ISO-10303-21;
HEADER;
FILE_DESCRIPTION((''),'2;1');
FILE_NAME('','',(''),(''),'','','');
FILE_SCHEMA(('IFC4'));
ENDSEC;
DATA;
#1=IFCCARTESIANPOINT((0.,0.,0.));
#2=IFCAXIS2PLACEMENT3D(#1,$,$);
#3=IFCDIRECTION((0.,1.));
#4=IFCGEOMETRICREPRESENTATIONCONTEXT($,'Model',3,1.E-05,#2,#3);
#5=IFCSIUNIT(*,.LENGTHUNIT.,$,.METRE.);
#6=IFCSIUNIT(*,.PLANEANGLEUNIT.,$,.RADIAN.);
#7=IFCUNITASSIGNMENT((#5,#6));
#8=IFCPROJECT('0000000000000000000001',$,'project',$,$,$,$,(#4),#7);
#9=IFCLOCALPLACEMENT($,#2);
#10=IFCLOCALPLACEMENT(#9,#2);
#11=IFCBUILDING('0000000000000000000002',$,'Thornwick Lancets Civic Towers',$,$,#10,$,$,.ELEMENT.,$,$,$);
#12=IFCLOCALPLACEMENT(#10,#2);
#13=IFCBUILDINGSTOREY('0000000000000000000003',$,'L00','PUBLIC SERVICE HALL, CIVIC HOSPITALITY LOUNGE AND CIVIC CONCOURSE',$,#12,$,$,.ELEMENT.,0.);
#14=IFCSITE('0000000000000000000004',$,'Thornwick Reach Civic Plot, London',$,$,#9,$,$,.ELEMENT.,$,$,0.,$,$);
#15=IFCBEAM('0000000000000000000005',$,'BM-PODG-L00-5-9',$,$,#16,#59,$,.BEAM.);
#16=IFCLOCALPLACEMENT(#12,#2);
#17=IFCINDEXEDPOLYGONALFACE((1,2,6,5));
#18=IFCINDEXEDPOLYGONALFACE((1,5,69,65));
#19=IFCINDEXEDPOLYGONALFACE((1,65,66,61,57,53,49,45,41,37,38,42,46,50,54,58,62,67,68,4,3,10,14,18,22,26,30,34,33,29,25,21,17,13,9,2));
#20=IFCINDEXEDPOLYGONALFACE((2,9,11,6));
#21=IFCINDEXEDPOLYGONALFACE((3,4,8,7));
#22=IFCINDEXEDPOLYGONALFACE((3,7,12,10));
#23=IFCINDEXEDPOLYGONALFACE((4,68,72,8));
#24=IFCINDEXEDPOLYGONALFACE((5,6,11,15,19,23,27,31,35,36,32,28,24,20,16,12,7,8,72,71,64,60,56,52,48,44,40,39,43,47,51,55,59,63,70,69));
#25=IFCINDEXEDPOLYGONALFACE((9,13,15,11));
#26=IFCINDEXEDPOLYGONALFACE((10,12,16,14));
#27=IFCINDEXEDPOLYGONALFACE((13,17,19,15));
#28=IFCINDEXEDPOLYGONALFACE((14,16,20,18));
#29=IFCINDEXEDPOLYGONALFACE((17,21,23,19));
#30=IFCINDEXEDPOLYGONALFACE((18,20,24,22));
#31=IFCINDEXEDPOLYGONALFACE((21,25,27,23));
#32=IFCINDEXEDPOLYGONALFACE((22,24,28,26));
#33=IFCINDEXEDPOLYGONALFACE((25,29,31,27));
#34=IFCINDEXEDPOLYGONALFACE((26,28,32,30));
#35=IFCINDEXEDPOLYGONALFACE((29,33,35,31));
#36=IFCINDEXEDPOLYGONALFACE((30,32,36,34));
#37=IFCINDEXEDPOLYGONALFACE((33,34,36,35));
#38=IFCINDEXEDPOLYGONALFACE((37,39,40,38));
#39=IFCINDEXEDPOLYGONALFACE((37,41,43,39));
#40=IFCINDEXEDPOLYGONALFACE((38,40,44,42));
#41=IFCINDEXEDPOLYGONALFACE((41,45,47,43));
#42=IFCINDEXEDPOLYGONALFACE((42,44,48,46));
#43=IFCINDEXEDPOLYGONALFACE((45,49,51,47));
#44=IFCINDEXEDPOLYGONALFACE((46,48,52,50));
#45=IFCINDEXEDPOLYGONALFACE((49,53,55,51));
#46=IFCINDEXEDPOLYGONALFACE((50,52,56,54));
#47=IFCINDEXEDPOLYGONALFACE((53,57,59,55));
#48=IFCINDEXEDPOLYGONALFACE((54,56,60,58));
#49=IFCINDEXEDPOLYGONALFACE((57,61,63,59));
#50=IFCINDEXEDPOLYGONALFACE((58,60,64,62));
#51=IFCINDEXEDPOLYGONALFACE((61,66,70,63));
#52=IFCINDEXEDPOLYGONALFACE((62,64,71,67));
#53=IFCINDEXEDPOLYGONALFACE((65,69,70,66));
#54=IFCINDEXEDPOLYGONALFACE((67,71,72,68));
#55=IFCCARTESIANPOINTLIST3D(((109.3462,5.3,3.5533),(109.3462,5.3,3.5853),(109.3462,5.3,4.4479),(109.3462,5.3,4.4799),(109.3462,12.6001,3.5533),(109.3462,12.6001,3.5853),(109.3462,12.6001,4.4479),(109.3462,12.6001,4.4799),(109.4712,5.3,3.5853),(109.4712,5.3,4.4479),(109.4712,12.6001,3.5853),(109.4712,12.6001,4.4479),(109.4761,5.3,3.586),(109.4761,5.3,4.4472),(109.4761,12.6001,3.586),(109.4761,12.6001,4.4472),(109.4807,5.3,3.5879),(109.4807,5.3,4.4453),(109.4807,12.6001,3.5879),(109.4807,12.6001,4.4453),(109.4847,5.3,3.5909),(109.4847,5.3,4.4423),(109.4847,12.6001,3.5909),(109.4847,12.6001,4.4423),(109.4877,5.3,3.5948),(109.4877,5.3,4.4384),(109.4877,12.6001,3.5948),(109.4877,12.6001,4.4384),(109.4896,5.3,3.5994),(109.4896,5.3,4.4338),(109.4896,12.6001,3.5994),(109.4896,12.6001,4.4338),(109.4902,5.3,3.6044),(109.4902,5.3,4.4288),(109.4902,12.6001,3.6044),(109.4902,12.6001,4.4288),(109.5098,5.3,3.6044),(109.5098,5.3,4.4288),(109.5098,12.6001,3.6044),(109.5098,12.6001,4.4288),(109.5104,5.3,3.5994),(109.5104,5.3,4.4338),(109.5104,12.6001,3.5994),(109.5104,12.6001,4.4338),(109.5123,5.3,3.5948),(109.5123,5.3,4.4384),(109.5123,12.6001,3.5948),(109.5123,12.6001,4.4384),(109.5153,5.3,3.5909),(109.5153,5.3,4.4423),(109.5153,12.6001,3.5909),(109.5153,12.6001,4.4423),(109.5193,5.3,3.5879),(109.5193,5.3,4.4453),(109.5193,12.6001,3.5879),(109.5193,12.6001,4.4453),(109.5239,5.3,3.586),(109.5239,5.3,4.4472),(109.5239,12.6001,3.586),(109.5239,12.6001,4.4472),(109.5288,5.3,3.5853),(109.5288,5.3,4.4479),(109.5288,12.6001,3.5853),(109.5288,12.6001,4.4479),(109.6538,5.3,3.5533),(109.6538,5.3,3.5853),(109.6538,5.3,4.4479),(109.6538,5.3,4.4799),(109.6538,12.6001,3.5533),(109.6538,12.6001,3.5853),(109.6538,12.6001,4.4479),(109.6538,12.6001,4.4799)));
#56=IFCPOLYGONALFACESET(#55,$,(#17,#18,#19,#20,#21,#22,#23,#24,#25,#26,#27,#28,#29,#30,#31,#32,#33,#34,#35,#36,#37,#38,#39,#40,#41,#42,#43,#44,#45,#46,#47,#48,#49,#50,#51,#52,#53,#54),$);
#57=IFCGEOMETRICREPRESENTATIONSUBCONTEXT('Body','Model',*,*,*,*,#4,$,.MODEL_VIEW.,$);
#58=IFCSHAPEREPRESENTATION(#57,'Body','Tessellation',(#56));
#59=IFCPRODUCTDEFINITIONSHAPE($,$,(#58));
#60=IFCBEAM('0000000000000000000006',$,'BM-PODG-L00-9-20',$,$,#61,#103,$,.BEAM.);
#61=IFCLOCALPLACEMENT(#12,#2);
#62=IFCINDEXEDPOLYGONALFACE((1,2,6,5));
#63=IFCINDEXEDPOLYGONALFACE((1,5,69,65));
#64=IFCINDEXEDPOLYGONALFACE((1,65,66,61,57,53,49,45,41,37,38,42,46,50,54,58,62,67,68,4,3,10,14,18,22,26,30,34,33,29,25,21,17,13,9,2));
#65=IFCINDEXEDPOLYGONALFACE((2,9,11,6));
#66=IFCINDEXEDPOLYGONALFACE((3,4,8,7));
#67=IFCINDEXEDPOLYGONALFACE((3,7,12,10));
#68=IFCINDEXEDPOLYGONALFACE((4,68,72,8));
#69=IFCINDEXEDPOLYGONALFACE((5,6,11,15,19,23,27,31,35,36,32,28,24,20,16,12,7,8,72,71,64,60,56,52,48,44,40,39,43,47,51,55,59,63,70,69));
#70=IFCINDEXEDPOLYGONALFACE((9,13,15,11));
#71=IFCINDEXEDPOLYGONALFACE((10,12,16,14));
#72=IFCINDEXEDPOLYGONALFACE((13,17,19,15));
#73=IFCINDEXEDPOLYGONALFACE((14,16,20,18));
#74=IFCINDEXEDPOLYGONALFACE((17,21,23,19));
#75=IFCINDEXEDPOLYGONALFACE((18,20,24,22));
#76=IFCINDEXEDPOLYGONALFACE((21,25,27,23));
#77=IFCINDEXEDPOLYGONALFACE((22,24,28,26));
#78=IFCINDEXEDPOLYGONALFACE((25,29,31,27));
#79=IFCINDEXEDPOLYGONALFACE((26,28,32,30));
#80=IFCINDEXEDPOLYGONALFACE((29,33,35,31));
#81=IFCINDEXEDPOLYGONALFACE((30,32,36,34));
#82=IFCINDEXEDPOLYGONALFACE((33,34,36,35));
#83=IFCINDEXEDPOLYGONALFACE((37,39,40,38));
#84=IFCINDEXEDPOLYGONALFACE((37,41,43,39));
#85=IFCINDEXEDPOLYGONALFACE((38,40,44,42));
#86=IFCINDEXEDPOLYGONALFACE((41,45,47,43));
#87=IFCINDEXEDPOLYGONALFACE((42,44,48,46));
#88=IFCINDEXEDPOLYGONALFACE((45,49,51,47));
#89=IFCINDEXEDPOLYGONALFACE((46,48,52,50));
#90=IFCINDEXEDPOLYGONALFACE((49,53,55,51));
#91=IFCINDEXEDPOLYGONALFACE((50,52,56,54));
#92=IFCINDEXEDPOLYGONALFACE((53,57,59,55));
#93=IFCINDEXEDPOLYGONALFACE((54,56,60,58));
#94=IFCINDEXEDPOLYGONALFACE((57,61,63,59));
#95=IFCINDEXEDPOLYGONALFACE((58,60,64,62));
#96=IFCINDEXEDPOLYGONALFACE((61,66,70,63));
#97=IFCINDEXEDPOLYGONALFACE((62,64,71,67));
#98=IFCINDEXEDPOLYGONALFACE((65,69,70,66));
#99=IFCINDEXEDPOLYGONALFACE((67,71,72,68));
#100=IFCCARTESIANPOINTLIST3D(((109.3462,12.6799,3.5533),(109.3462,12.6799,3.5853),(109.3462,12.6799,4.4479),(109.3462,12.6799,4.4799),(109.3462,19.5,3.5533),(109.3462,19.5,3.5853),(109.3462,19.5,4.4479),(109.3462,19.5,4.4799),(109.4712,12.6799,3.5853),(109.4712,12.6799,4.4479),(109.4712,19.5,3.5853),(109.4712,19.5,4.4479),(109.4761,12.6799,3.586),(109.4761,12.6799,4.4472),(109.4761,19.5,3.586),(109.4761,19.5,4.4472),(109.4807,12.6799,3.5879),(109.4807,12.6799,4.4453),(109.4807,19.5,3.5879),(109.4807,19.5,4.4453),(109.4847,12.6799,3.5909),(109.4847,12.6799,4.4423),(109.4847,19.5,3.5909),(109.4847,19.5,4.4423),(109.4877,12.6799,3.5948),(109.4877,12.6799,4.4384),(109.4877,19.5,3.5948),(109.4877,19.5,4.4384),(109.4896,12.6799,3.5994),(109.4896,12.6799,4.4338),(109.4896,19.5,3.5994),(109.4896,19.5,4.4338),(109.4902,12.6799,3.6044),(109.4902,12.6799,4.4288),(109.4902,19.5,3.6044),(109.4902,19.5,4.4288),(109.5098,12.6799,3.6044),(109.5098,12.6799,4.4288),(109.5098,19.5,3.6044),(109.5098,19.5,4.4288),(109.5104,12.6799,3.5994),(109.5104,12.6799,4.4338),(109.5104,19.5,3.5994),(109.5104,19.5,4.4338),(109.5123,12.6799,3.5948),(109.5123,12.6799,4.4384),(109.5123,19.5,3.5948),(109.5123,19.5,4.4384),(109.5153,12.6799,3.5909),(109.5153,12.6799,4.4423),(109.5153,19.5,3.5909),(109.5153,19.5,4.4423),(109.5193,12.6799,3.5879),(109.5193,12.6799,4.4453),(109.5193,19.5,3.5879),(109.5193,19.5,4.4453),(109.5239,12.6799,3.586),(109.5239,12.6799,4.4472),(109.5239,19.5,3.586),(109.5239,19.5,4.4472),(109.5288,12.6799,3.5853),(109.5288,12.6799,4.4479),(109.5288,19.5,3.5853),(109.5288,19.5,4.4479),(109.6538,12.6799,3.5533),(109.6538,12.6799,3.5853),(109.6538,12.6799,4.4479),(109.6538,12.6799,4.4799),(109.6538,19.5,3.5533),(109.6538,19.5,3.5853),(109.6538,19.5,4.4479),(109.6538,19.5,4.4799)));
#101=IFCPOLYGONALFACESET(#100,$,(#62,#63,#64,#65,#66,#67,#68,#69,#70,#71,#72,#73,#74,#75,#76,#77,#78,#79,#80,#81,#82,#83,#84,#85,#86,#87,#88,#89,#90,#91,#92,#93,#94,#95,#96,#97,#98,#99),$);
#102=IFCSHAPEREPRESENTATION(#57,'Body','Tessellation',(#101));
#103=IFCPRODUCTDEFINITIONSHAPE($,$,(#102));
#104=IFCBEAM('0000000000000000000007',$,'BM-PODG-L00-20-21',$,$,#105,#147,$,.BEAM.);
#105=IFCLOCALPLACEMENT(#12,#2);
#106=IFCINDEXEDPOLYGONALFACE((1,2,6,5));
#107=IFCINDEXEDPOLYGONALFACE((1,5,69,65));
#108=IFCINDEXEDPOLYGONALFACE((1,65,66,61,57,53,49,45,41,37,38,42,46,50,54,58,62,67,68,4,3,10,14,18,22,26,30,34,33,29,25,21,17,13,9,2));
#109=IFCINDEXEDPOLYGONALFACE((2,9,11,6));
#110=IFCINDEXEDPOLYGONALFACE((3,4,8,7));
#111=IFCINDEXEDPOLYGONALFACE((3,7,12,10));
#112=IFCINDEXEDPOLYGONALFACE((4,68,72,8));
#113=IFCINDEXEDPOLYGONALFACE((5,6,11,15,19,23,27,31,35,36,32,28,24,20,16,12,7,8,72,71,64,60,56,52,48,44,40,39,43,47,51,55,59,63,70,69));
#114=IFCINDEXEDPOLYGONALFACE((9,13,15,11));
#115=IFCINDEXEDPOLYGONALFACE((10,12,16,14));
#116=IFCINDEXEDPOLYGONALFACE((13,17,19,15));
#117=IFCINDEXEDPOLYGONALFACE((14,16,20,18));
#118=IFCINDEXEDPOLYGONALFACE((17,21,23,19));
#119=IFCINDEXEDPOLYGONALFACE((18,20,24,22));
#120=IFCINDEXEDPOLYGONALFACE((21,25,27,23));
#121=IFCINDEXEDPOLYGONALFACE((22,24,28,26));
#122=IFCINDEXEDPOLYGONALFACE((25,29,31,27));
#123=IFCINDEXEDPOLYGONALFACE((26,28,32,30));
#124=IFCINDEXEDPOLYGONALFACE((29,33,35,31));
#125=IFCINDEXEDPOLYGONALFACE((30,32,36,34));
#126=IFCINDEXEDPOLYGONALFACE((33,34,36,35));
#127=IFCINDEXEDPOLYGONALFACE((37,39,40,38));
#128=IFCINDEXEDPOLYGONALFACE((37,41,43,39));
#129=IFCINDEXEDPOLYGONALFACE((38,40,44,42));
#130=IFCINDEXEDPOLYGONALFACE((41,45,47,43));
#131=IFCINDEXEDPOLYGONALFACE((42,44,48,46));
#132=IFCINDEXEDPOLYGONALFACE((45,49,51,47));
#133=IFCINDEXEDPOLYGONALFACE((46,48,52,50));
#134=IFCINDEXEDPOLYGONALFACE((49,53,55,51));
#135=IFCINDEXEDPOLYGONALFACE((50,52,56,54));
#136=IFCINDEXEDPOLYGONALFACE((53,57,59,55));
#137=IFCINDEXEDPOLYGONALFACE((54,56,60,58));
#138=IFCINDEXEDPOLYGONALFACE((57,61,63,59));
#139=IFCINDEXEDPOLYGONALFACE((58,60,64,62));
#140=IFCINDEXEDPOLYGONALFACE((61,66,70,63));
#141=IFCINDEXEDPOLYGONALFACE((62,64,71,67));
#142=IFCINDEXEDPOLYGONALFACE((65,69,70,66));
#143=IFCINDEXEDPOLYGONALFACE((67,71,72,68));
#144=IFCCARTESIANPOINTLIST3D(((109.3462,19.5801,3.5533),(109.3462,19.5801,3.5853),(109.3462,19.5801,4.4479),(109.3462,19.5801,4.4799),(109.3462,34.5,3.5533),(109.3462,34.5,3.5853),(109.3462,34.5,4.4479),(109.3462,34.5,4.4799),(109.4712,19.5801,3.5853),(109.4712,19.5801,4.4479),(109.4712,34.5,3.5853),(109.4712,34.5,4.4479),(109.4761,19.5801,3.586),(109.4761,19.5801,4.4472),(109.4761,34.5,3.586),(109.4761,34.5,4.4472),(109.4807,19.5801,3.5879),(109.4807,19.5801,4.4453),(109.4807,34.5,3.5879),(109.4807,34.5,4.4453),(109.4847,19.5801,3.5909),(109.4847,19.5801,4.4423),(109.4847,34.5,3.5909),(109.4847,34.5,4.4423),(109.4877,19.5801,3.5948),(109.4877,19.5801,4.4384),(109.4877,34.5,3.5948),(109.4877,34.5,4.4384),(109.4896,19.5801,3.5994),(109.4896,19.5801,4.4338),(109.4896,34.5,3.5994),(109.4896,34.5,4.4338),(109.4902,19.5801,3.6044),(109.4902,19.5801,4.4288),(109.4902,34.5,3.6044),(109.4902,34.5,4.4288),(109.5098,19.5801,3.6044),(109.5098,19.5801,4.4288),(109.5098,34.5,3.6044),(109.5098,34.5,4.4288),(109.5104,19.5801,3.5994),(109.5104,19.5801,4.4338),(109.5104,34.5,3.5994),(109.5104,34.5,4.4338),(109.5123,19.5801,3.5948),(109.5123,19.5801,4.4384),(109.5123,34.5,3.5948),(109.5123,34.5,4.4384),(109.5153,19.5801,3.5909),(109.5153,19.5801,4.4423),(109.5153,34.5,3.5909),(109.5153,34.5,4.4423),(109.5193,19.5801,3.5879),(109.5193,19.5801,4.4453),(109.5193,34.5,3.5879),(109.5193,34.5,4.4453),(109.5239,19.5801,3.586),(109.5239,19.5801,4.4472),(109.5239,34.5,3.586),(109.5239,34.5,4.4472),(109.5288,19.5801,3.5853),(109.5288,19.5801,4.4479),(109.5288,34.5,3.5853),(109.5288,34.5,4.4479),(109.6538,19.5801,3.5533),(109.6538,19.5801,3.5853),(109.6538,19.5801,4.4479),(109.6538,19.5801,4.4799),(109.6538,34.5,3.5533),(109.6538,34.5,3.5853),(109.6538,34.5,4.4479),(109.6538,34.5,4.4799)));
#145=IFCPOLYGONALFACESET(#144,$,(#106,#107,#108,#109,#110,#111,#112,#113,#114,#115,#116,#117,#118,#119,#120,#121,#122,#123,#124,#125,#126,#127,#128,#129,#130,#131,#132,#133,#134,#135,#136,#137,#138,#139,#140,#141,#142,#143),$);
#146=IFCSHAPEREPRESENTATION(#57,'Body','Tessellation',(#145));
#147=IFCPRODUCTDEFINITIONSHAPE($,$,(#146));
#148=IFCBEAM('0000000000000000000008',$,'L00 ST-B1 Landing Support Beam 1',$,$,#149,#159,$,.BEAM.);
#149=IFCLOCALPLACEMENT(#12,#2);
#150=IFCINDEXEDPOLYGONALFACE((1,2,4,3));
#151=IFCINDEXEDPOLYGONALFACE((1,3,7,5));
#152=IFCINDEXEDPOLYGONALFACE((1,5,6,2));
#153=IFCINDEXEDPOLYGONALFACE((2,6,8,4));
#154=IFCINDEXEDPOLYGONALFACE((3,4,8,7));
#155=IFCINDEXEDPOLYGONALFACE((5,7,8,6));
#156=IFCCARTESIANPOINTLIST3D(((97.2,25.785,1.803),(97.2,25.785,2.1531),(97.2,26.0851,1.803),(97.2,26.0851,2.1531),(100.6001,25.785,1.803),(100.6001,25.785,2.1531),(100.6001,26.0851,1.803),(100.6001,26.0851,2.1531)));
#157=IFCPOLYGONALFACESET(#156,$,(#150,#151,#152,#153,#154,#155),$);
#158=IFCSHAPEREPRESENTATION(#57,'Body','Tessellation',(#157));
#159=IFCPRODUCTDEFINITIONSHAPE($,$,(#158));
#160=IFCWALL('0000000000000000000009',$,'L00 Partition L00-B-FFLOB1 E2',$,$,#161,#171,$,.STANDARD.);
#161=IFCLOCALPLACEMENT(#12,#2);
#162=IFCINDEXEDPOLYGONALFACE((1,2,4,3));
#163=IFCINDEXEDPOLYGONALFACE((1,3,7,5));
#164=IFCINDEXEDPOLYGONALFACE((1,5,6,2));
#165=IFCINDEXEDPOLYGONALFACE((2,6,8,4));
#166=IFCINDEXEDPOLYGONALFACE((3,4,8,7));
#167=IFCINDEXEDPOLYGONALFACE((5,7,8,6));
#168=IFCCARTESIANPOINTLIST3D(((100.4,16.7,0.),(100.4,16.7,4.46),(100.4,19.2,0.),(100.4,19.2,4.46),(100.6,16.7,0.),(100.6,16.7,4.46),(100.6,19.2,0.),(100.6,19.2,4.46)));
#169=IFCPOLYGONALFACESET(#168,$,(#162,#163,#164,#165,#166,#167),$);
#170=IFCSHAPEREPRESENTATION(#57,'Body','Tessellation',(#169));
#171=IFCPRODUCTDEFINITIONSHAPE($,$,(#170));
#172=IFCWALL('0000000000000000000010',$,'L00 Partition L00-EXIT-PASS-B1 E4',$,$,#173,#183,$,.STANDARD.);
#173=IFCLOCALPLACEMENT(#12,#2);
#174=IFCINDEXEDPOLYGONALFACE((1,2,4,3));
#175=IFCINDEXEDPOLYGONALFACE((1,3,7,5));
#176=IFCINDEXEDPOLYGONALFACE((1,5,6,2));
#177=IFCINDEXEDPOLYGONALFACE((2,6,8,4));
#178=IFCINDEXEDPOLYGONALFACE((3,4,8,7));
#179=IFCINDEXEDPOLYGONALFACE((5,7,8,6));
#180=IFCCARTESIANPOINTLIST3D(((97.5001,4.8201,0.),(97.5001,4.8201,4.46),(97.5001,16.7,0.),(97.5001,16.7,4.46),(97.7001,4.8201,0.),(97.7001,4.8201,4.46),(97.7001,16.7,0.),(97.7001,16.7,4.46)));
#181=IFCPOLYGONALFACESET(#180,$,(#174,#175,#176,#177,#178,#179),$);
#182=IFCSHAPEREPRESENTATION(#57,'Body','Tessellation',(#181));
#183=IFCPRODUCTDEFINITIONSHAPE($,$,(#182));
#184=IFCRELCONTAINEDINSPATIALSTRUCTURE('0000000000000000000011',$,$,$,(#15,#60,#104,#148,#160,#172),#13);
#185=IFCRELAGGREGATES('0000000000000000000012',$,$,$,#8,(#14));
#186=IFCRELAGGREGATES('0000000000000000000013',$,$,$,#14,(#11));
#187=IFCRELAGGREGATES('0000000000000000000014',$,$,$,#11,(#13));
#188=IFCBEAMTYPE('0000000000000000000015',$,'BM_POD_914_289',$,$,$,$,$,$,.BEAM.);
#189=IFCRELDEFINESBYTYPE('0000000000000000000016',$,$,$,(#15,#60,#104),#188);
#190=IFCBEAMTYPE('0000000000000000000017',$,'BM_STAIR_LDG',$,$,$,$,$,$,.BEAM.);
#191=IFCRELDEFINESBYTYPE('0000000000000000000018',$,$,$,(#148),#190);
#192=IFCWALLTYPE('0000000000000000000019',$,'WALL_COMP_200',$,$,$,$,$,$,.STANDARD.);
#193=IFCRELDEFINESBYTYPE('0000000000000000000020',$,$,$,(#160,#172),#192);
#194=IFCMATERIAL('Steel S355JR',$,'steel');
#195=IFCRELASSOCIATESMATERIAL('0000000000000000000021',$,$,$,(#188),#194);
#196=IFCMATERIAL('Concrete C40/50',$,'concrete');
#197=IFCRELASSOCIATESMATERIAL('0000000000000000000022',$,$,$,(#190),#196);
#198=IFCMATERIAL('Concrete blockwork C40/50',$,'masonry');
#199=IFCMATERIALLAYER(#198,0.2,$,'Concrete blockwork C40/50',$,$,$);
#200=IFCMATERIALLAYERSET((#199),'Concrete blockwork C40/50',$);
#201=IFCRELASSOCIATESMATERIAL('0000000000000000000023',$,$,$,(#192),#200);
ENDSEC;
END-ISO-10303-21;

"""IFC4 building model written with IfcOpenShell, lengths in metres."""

from ifc_helpers import new_model, si_unit, direction, frame, frame_2d, origin, origin_2d, place, context, subcontext, project, spatial, rectangle, i_section, extrude, material, layer, layer_set, material_profile, profile_set, type_object, element, save


model = new_model("IFC4")

# Units and contexts
model_context = context("Model", 3, precision=1e-05, world=origin(), true_north=direction((0.0, 1.0)))
body_context = subcontext(model_context, "Body", "Model", "MODEL_VIEW")
ifc_project = project(units=[si_unit("LENGTHUNIT", "METRE"), si_unit("PLANEANGLEUNIT", "RADIAN")], contexts=[model_context])

# Site, building, storey
site_placement = place(None, origin())
site = spatial("IfcSite", under=ifc_project, at=site_placement, Name="Thornwick Reach Civic Plot, London", CompositionType="ELEMENT", RefElevation=0.0)
building_placement = place(site_placement, origin())
building = spatial("IfcBuilding", under=site, at=building_placement, Name="Thornwick Lancets Civic Towers", CompositionType="ELEMENT")
storey_placement = place(building_placement, origin())
storey = spatial("IfcBuildingStorey", under=building, at=storey_placement, Name="L00", Description="PUBLIC SERVICE HALL, CIVIC HOSPITALITY LOUNGE AND CIVIC CONCOURSE", CompositionType="ELEMENT", Elevation=0.0)

# Beams
ifc_material_1 = material(Name="Steel S355JR", Category="steel")
ifc_material_profile_1 = material_profile(ifc_material_1, i_section(OverallWidth=0.3076, OverallDepth=0.9265, WebThickness=0.0195, FlangeThickness=0.032, FilletRadius=0.019, at=origin_2d()), Name="UKB 914x305x289")
ifc_profile_set_1 = profile_set([ifc_material_profile_1], Name="Steel S355JR")
beam_type_1 = type_object("IfcBeamType", Name="BM_POD_914_289", PredefinedType="BEAM", material=ifc_profile_set_1)
beam_1_placement = place(storey_placement, frame((109.5, 5.3, 4.0166), z_axis=(0.0, 1.0, 0.0), x_axis=(-1.0, 0.0, 0.0)))
element("IfcBeam", 1, at=beam_1_placement, inside=storey, type_object=beam_type_1, Name="BM-PODG-L00-5-9", PredefinedType="BEAM", context=body_context, shape_type="SweptSolid", body=[
    extrude(i_section(OverallWidth=0.3076, OverallDepth=0.9265, WebThickness=0.0195, FlangeThickness=0.032, FilletRadius=0.019, at=origin_2d()), origin(), (0.0, 0.0, 1.0), 7.3),
])
beam_2_placement = place(storey_placement, frame((109.5, 12.6799, 4.0166), z_axis=(0.0, 1.0, 0.0), x_axis=(-1.0, 0.0, 0.0)))
element("IfcBeam", 2, at=beam_2_placement, inside=storey, type_object=beam_type_1, Name="BM-PODG-L00-9-20", PredefinedType="BEAM", context=body_context, shape_type="SweptSolid", body=[
    extrude(i_section(OverallWidth=0.3076, OverallDepth=0.9265, WebThickness=0.0195, FlangeThickness=0.032, FilletRadius=0.019, at=origin_2d()), origin(), (0.0, 0.0, 1.0), 6.8201),
])
beam_3_placement = place(storey_placement, frame((109.5, 19.5801, 4.0166), z_axis=(0.0, 1.0, 0.0), x_axis=(-1.0, 0.0, 0.0)))
element("IfcBeam", 3, at=beam_3_placement, inside=storey, type_object=beam_type_1, Name="BM-PODG-L00-20-21", PredefinedType="BEAM", context=body_context, shape_type="SweptSolid", body=[
    extrude(i_section(OverallWidth=0.3076, OverallDepth=0.9265, WebThickness=0.0195, FlangeThickness=0.032, FilletRadius=0.019, at=origin_2d()), origin(), (0.0, 0.0, 1.0), 14.9199),
])
ifc_material_2 = material(Name="Concrete C40/50", Category="concrete")
ifc_material_profile_2 = material_profile(ifc_material_2, rectangle(XDim=0.3, YDim=0.3501, at=origin_2d()), Name="RC 300x350")
ifc_profile_set_2 = profile_set([ifc_material_profile_2], Name="Concrete C40/50")
beam_type_2 = type_object("IfcBeamType", Name="BM_STAIR_LDG", PredefinedType="BEAM", material=ifc_profile_set_2)
beam_4_placement = place(storey_placement, frame((100.6001, 25.9351, 1.978), z_axis=(-1.0, 0.0, 0.0), x_axis=(0.0, -1.0, 0.0)))
element("IfcBeam", 4, at=beam_4_placement, inside=storey, type_object=beam_type_2, Name="L00 ST-B1 Landing Support Beam 1", PredefinedType="BEAM", context=body_context, shape_type="SweptSolid", body=[
    extrude(rectangle(XDim=0.3, YDim=0.3501, at=origin_2d()), origin(), (0.0, 0.0, 1.0), 3.4001),
])

# Walls
ifc_material_3 = material(Name="Concrete blockwork C40/50", Category="masonry")
ifc_layer_1 = layer(ifc_material_3, 0.2, Name="Concrete blockwork C40/50")
ifc_layer_set_1 = layer_set([ifc_layer_1], Name="Concrete blockwork C40/50")
wall_type_1 = type_object("IfcWallType", Name="WALL_COMP_200", PredefinedType="STANDARD", material=ifc_layer_set_1)
wall_1_placement = place(storey_placement, frame((100.5, 16.7, 0.0), z_axis=(0.0, 0.0, 1.0), x_axis=(0.0, 1.0, 0.0)))
element("IfcWall", 5, at=wall_1_placement, inside=storey, type_object=wall_type_1, Name="L00 Partition L00-B-FFLOB1 E2", PredefinedType="STANDARD", context=body_context, shape_type="SweptSolid", body=[
    extrude(rectangle(XDim=2.5, YDim=0.2, at=frame_2d((1.25, 0.0))), origin(), (0.0, 0.0, 1.0), 4.46),
])
wall_2_placement = place(storey_placement, frame((97.6001, 16.7, 0.0), z_axis=(0.0, 0.0, 1.0), x_axis=(0.0, -1.0, 0.0)))
element("IfcWall", 6, at=wall_2_placement, inside=storey, type_object=wall_type_1, Name="L00 Partition L00-EXIT-PASS-B1 E4", PredefinedType="STANDARD", context=body_context, shape_type="SweptSolid", body=[
    extrude(rectangle(XDim=11.8799, YDim=0.2, at=frame_2d((5.9399, 0.0))), origin(), (0.0, 0.0, 1.0), 4.46),
])

save(model, "model.ifc")
